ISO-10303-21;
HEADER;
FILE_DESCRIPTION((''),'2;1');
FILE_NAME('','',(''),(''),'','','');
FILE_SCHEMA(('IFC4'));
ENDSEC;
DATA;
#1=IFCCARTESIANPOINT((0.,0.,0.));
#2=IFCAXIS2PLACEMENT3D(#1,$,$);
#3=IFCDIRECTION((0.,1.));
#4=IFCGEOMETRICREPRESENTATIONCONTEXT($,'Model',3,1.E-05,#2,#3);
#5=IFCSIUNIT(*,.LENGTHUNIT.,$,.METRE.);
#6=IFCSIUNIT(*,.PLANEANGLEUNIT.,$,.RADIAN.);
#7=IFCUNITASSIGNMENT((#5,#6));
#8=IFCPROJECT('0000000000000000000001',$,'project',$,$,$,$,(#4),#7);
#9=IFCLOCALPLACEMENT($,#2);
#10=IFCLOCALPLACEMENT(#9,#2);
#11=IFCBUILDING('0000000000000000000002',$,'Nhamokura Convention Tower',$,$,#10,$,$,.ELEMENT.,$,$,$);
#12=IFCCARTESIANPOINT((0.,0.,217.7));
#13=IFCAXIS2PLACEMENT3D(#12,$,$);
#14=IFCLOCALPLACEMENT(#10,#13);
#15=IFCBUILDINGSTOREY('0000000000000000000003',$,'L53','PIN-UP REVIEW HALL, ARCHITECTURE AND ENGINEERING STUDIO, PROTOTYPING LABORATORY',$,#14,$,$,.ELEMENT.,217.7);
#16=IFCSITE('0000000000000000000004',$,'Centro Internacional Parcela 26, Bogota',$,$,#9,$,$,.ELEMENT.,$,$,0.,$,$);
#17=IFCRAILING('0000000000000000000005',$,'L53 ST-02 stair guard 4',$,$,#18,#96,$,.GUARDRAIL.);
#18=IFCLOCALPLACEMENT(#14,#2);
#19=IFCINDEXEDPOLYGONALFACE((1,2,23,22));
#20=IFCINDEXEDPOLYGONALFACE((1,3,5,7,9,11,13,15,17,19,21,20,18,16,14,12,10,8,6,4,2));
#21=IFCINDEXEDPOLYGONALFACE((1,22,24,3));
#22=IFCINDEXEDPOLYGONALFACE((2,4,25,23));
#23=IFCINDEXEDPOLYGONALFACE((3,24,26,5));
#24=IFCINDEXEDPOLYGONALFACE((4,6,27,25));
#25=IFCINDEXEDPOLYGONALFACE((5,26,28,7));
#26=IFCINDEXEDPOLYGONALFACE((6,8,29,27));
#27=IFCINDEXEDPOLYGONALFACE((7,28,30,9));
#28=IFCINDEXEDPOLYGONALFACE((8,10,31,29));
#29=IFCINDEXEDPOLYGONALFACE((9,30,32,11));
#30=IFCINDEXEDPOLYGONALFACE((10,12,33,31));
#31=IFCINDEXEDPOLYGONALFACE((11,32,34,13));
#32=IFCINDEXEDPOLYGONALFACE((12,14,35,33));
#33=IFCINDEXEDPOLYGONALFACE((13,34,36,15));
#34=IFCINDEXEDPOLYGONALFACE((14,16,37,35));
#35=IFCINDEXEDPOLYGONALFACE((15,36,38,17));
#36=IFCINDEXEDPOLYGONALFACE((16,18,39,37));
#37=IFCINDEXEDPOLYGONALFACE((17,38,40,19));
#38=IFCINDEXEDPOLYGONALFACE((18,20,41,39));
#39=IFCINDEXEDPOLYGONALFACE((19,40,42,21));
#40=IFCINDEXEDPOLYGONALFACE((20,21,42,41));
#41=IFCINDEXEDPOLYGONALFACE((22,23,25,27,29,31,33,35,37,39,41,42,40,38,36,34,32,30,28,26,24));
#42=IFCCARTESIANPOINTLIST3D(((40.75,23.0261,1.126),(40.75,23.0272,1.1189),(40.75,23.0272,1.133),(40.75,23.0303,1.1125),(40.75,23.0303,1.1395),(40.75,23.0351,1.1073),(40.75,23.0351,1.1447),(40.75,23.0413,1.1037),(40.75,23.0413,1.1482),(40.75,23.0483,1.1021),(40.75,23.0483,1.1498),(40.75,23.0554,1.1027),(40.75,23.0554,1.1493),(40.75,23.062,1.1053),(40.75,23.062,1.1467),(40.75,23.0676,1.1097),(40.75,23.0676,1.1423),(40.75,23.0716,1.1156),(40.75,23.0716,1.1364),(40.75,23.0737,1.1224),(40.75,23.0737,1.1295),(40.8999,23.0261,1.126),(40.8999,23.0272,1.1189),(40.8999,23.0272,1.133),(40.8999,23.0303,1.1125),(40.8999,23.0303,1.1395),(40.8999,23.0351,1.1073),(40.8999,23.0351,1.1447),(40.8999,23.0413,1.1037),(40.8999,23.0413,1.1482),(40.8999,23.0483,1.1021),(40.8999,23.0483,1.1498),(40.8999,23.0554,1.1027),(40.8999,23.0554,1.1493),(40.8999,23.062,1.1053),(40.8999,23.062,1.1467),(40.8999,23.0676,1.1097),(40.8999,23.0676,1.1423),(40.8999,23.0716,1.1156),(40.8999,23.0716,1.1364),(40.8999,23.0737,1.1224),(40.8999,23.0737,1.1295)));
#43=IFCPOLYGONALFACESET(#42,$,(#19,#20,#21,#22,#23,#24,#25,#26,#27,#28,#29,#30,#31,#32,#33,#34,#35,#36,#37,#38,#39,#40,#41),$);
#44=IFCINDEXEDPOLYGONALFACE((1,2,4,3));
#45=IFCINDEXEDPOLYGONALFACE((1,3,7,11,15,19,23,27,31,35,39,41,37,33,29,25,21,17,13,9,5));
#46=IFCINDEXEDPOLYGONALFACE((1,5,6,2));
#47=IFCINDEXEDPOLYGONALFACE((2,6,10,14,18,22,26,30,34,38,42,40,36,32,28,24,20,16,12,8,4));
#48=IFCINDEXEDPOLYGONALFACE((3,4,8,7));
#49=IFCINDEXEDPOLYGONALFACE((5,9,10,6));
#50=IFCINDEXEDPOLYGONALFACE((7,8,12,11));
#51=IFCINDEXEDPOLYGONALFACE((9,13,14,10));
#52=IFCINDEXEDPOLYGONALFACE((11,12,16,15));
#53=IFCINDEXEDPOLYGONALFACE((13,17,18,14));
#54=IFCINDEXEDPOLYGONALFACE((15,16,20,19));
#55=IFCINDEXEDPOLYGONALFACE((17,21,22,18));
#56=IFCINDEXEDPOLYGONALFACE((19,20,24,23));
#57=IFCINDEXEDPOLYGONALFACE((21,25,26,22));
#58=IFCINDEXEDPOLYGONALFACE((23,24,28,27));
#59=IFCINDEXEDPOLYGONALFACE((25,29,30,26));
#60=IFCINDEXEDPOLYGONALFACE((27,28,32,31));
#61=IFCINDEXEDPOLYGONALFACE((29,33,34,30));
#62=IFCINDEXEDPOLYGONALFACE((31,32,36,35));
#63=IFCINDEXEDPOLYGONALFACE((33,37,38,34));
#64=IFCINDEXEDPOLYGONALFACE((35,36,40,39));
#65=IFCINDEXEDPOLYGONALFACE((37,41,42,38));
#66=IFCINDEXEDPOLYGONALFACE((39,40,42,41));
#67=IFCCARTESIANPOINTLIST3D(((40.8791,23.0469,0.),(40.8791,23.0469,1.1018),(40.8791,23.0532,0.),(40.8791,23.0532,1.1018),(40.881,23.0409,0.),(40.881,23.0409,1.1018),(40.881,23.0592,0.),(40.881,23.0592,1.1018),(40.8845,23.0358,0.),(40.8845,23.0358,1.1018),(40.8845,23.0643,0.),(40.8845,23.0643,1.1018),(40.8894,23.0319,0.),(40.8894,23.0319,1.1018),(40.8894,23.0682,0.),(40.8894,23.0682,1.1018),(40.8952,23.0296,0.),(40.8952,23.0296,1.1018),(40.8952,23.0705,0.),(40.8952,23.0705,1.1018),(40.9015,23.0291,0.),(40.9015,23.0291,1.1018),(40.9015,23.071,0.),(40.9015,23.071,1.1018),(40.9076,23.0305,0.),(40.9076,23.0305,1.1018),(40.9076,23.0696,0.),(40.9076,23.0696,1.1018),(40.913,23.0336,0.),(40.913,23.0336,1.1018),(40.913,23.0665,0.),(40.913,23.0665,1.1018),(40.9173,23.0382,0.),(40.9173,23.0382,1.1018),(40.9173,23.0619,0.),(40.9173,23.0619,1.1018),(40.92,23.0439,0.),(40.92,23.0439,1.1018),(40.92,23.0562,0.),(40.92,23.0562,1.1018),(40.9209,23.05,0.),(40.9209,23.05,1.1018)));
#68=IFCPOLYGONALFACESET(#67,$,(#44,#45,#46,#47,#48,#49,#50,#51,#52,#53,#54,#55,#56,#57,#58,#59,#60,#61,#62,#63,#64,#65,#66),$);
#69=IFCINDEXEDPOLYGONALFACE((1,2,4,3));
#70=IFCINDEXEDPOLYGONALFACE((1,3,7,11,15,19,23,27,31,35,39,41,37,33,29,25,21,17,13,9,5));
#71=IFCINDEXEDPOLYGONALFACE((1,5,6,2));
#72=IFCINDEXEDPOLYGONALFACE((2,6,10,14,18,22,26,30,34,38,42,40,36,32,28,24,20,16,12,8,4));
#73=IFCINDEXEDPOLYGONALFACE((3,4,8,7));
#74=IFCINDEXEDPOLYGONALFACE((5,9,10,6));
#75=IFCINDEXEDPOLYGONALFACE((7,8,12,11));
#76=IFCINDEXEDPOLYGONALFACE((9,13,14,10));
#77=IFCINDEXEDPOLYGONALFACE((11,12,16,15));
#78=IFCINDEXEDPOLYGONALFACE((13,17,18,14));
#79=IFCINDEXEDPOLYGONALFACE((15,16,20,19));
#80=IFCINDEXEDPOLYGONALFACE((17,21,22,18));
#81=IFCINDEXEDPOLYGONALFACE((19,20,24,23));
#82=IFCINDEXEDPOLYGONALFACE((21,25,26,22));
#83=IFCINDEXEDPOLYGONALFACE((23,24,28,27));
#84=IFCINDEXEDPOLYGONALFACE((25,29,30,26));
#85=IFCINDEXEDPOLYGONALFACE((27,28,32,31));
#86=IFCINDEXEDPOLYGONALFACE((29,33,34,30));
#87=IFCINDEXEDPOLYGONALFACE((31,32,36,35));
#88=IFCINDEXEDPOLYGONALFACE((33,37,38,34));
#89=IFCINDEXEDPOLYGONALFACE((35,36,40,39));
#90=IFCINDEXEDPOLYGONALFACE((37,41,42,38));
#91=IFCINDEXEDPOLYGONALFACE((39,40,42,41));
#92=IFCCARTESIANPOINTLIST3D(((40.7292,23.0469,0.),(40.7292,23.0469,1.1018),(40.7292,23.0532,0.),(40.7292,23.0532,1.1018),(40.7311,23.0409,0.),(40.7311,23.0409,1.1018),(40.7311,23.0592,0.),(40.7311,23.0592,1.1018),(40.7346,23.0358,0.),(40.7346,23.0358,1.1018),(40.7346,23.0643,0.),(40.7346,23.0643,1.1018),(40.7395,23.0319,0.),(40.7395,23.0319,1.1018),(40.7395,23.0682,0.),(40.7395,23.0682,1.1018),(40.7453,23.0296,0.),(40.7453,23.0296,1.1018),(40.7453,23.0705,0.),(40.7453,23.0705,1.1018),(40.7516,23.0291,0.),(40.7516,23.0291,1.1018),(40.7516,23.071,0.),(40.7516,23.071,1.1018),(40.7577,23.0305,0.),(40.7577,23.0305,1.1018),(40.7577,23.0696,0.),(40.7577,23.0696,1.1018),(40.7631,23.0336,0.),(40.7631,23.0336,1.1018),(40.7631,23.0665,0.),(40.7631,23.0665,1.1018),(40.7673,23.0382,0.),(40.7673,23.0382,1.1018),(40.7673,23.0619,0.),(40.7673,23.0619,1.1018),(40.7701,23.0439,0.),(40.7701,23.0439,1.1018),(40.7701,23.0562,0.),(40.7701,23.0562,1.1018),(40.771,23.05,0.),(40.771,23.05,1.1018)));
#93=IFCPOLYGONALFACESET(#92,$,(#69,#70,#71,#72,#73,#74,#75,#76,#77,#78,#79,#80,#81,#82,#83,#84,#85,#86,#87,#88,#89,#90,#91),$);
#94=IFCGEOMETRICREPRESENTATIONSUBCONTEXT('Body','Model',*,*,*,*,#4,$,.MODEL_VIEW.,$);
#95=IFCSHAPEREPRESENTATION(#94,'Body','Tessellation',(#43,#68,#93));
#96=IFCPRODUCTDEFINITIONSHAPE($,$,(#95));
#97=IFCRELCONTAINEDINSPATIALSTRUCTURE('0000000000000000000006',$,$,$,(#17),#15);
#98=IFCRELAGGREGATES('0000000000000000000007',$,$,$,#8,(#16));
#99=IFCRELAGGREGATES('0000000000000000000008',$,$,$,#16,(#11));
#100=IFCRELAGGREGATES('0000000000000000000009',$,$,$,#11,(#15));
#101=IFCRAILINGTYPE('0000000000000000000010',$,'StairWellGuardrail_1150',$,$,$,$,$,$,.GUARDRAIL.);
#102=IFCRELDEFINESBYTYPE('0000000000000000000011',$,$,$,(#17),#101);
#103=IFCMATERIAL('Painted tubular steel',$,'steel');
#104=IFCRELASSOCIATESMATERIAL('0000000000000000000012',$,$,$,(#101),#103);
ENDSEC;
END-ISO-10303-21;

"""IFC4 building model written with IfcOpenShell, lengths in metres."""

from ifc_helpers import new_model, si_unit, direction, frame, origin, origin_2d, place, context, subcontext, project, spatial, circle, extrude, material, type_object, element, save


model = new_model("IFC4")

# Units and contexts
model_context = context("Model", 3, precision=1e-05, world=origin(), true_north=direction((0.0, 1.0)))
body_context = subcontext(model_context, "Body", "Model", "MODEL_VIEW")
ifc_project = project(units=[si_unit("LENGTHUNIT", "METRE"), si_unit("PLANEANGLEUNIT", "RADIAN")], contexts=[model_context])

# Site, building, storey
site_placement = place(None, origin())
site = spatial("IfcSite", under=ifc_project, at=site_placement, Name="Centro Internacional Parcela 26, Bogota", CompositionType="ELEMENT", RefElevation=0.0)
building_placement = place(site_placement, origin())
building = spatial("IfcBuilding", under=site, at=building_placement, Name="Nhamokura Convention Tower", CompositionType="ELEMENT")
storey_placement = place(building_placement, frame((0.0, 0.0, 217.7)))
storey = spatial("IfcBuildingStorey", under=building, at=storey_placement, Name="L53", Description="PIN-UP REVIEW HALL, ARCHITECTURE AND ENGINEERING STUDIO, PROTOTYPING LABORATORY", CompositionType="ELEMENT", Elevation=217.7)

# Railing
ifc_material_1 = material(Name="Painted tubular steel", Category="steel")
railing_type_1 = type_object("IfcRailingType", Name="StairWellGuardrail_1150", PredefinedType="GUARDRAIL", material=ifc_material_1)
railing_1_placement = place(storey_placement, frame((40.8999, 23.05, 0.0)))
element("IfcRailing", 1, at=railing_1_placement, inside=storey, type_object=railing_type_1, Name="L53 ST-02 stair guard 4", PredefinedType="GUARDRAIL", context=body_context, shape_type="SweptSolid", body=[
    extrude(circle(Radius=0.0239, at=origin_2d()), frame((0.0, 0.0, 1.126), z_axis=(-1.0, 0.0, 0.0), x_axis=(0.0, -1.0, 0.0)), (0.0, 0.0, 1.0), 0.1499),
    extrude(circle(Radius=0.021, at=origin_2d()), origin(), (0.0, 0.0, 1.0), 1.1018),
    extrude(circle(Radius=0.021, at=origin_2d()), frame((-0.1499, 0.0, 0.0)), (0.0, 0.0, 1.0), 1.1018),
])

save(model, "model.ifc")
